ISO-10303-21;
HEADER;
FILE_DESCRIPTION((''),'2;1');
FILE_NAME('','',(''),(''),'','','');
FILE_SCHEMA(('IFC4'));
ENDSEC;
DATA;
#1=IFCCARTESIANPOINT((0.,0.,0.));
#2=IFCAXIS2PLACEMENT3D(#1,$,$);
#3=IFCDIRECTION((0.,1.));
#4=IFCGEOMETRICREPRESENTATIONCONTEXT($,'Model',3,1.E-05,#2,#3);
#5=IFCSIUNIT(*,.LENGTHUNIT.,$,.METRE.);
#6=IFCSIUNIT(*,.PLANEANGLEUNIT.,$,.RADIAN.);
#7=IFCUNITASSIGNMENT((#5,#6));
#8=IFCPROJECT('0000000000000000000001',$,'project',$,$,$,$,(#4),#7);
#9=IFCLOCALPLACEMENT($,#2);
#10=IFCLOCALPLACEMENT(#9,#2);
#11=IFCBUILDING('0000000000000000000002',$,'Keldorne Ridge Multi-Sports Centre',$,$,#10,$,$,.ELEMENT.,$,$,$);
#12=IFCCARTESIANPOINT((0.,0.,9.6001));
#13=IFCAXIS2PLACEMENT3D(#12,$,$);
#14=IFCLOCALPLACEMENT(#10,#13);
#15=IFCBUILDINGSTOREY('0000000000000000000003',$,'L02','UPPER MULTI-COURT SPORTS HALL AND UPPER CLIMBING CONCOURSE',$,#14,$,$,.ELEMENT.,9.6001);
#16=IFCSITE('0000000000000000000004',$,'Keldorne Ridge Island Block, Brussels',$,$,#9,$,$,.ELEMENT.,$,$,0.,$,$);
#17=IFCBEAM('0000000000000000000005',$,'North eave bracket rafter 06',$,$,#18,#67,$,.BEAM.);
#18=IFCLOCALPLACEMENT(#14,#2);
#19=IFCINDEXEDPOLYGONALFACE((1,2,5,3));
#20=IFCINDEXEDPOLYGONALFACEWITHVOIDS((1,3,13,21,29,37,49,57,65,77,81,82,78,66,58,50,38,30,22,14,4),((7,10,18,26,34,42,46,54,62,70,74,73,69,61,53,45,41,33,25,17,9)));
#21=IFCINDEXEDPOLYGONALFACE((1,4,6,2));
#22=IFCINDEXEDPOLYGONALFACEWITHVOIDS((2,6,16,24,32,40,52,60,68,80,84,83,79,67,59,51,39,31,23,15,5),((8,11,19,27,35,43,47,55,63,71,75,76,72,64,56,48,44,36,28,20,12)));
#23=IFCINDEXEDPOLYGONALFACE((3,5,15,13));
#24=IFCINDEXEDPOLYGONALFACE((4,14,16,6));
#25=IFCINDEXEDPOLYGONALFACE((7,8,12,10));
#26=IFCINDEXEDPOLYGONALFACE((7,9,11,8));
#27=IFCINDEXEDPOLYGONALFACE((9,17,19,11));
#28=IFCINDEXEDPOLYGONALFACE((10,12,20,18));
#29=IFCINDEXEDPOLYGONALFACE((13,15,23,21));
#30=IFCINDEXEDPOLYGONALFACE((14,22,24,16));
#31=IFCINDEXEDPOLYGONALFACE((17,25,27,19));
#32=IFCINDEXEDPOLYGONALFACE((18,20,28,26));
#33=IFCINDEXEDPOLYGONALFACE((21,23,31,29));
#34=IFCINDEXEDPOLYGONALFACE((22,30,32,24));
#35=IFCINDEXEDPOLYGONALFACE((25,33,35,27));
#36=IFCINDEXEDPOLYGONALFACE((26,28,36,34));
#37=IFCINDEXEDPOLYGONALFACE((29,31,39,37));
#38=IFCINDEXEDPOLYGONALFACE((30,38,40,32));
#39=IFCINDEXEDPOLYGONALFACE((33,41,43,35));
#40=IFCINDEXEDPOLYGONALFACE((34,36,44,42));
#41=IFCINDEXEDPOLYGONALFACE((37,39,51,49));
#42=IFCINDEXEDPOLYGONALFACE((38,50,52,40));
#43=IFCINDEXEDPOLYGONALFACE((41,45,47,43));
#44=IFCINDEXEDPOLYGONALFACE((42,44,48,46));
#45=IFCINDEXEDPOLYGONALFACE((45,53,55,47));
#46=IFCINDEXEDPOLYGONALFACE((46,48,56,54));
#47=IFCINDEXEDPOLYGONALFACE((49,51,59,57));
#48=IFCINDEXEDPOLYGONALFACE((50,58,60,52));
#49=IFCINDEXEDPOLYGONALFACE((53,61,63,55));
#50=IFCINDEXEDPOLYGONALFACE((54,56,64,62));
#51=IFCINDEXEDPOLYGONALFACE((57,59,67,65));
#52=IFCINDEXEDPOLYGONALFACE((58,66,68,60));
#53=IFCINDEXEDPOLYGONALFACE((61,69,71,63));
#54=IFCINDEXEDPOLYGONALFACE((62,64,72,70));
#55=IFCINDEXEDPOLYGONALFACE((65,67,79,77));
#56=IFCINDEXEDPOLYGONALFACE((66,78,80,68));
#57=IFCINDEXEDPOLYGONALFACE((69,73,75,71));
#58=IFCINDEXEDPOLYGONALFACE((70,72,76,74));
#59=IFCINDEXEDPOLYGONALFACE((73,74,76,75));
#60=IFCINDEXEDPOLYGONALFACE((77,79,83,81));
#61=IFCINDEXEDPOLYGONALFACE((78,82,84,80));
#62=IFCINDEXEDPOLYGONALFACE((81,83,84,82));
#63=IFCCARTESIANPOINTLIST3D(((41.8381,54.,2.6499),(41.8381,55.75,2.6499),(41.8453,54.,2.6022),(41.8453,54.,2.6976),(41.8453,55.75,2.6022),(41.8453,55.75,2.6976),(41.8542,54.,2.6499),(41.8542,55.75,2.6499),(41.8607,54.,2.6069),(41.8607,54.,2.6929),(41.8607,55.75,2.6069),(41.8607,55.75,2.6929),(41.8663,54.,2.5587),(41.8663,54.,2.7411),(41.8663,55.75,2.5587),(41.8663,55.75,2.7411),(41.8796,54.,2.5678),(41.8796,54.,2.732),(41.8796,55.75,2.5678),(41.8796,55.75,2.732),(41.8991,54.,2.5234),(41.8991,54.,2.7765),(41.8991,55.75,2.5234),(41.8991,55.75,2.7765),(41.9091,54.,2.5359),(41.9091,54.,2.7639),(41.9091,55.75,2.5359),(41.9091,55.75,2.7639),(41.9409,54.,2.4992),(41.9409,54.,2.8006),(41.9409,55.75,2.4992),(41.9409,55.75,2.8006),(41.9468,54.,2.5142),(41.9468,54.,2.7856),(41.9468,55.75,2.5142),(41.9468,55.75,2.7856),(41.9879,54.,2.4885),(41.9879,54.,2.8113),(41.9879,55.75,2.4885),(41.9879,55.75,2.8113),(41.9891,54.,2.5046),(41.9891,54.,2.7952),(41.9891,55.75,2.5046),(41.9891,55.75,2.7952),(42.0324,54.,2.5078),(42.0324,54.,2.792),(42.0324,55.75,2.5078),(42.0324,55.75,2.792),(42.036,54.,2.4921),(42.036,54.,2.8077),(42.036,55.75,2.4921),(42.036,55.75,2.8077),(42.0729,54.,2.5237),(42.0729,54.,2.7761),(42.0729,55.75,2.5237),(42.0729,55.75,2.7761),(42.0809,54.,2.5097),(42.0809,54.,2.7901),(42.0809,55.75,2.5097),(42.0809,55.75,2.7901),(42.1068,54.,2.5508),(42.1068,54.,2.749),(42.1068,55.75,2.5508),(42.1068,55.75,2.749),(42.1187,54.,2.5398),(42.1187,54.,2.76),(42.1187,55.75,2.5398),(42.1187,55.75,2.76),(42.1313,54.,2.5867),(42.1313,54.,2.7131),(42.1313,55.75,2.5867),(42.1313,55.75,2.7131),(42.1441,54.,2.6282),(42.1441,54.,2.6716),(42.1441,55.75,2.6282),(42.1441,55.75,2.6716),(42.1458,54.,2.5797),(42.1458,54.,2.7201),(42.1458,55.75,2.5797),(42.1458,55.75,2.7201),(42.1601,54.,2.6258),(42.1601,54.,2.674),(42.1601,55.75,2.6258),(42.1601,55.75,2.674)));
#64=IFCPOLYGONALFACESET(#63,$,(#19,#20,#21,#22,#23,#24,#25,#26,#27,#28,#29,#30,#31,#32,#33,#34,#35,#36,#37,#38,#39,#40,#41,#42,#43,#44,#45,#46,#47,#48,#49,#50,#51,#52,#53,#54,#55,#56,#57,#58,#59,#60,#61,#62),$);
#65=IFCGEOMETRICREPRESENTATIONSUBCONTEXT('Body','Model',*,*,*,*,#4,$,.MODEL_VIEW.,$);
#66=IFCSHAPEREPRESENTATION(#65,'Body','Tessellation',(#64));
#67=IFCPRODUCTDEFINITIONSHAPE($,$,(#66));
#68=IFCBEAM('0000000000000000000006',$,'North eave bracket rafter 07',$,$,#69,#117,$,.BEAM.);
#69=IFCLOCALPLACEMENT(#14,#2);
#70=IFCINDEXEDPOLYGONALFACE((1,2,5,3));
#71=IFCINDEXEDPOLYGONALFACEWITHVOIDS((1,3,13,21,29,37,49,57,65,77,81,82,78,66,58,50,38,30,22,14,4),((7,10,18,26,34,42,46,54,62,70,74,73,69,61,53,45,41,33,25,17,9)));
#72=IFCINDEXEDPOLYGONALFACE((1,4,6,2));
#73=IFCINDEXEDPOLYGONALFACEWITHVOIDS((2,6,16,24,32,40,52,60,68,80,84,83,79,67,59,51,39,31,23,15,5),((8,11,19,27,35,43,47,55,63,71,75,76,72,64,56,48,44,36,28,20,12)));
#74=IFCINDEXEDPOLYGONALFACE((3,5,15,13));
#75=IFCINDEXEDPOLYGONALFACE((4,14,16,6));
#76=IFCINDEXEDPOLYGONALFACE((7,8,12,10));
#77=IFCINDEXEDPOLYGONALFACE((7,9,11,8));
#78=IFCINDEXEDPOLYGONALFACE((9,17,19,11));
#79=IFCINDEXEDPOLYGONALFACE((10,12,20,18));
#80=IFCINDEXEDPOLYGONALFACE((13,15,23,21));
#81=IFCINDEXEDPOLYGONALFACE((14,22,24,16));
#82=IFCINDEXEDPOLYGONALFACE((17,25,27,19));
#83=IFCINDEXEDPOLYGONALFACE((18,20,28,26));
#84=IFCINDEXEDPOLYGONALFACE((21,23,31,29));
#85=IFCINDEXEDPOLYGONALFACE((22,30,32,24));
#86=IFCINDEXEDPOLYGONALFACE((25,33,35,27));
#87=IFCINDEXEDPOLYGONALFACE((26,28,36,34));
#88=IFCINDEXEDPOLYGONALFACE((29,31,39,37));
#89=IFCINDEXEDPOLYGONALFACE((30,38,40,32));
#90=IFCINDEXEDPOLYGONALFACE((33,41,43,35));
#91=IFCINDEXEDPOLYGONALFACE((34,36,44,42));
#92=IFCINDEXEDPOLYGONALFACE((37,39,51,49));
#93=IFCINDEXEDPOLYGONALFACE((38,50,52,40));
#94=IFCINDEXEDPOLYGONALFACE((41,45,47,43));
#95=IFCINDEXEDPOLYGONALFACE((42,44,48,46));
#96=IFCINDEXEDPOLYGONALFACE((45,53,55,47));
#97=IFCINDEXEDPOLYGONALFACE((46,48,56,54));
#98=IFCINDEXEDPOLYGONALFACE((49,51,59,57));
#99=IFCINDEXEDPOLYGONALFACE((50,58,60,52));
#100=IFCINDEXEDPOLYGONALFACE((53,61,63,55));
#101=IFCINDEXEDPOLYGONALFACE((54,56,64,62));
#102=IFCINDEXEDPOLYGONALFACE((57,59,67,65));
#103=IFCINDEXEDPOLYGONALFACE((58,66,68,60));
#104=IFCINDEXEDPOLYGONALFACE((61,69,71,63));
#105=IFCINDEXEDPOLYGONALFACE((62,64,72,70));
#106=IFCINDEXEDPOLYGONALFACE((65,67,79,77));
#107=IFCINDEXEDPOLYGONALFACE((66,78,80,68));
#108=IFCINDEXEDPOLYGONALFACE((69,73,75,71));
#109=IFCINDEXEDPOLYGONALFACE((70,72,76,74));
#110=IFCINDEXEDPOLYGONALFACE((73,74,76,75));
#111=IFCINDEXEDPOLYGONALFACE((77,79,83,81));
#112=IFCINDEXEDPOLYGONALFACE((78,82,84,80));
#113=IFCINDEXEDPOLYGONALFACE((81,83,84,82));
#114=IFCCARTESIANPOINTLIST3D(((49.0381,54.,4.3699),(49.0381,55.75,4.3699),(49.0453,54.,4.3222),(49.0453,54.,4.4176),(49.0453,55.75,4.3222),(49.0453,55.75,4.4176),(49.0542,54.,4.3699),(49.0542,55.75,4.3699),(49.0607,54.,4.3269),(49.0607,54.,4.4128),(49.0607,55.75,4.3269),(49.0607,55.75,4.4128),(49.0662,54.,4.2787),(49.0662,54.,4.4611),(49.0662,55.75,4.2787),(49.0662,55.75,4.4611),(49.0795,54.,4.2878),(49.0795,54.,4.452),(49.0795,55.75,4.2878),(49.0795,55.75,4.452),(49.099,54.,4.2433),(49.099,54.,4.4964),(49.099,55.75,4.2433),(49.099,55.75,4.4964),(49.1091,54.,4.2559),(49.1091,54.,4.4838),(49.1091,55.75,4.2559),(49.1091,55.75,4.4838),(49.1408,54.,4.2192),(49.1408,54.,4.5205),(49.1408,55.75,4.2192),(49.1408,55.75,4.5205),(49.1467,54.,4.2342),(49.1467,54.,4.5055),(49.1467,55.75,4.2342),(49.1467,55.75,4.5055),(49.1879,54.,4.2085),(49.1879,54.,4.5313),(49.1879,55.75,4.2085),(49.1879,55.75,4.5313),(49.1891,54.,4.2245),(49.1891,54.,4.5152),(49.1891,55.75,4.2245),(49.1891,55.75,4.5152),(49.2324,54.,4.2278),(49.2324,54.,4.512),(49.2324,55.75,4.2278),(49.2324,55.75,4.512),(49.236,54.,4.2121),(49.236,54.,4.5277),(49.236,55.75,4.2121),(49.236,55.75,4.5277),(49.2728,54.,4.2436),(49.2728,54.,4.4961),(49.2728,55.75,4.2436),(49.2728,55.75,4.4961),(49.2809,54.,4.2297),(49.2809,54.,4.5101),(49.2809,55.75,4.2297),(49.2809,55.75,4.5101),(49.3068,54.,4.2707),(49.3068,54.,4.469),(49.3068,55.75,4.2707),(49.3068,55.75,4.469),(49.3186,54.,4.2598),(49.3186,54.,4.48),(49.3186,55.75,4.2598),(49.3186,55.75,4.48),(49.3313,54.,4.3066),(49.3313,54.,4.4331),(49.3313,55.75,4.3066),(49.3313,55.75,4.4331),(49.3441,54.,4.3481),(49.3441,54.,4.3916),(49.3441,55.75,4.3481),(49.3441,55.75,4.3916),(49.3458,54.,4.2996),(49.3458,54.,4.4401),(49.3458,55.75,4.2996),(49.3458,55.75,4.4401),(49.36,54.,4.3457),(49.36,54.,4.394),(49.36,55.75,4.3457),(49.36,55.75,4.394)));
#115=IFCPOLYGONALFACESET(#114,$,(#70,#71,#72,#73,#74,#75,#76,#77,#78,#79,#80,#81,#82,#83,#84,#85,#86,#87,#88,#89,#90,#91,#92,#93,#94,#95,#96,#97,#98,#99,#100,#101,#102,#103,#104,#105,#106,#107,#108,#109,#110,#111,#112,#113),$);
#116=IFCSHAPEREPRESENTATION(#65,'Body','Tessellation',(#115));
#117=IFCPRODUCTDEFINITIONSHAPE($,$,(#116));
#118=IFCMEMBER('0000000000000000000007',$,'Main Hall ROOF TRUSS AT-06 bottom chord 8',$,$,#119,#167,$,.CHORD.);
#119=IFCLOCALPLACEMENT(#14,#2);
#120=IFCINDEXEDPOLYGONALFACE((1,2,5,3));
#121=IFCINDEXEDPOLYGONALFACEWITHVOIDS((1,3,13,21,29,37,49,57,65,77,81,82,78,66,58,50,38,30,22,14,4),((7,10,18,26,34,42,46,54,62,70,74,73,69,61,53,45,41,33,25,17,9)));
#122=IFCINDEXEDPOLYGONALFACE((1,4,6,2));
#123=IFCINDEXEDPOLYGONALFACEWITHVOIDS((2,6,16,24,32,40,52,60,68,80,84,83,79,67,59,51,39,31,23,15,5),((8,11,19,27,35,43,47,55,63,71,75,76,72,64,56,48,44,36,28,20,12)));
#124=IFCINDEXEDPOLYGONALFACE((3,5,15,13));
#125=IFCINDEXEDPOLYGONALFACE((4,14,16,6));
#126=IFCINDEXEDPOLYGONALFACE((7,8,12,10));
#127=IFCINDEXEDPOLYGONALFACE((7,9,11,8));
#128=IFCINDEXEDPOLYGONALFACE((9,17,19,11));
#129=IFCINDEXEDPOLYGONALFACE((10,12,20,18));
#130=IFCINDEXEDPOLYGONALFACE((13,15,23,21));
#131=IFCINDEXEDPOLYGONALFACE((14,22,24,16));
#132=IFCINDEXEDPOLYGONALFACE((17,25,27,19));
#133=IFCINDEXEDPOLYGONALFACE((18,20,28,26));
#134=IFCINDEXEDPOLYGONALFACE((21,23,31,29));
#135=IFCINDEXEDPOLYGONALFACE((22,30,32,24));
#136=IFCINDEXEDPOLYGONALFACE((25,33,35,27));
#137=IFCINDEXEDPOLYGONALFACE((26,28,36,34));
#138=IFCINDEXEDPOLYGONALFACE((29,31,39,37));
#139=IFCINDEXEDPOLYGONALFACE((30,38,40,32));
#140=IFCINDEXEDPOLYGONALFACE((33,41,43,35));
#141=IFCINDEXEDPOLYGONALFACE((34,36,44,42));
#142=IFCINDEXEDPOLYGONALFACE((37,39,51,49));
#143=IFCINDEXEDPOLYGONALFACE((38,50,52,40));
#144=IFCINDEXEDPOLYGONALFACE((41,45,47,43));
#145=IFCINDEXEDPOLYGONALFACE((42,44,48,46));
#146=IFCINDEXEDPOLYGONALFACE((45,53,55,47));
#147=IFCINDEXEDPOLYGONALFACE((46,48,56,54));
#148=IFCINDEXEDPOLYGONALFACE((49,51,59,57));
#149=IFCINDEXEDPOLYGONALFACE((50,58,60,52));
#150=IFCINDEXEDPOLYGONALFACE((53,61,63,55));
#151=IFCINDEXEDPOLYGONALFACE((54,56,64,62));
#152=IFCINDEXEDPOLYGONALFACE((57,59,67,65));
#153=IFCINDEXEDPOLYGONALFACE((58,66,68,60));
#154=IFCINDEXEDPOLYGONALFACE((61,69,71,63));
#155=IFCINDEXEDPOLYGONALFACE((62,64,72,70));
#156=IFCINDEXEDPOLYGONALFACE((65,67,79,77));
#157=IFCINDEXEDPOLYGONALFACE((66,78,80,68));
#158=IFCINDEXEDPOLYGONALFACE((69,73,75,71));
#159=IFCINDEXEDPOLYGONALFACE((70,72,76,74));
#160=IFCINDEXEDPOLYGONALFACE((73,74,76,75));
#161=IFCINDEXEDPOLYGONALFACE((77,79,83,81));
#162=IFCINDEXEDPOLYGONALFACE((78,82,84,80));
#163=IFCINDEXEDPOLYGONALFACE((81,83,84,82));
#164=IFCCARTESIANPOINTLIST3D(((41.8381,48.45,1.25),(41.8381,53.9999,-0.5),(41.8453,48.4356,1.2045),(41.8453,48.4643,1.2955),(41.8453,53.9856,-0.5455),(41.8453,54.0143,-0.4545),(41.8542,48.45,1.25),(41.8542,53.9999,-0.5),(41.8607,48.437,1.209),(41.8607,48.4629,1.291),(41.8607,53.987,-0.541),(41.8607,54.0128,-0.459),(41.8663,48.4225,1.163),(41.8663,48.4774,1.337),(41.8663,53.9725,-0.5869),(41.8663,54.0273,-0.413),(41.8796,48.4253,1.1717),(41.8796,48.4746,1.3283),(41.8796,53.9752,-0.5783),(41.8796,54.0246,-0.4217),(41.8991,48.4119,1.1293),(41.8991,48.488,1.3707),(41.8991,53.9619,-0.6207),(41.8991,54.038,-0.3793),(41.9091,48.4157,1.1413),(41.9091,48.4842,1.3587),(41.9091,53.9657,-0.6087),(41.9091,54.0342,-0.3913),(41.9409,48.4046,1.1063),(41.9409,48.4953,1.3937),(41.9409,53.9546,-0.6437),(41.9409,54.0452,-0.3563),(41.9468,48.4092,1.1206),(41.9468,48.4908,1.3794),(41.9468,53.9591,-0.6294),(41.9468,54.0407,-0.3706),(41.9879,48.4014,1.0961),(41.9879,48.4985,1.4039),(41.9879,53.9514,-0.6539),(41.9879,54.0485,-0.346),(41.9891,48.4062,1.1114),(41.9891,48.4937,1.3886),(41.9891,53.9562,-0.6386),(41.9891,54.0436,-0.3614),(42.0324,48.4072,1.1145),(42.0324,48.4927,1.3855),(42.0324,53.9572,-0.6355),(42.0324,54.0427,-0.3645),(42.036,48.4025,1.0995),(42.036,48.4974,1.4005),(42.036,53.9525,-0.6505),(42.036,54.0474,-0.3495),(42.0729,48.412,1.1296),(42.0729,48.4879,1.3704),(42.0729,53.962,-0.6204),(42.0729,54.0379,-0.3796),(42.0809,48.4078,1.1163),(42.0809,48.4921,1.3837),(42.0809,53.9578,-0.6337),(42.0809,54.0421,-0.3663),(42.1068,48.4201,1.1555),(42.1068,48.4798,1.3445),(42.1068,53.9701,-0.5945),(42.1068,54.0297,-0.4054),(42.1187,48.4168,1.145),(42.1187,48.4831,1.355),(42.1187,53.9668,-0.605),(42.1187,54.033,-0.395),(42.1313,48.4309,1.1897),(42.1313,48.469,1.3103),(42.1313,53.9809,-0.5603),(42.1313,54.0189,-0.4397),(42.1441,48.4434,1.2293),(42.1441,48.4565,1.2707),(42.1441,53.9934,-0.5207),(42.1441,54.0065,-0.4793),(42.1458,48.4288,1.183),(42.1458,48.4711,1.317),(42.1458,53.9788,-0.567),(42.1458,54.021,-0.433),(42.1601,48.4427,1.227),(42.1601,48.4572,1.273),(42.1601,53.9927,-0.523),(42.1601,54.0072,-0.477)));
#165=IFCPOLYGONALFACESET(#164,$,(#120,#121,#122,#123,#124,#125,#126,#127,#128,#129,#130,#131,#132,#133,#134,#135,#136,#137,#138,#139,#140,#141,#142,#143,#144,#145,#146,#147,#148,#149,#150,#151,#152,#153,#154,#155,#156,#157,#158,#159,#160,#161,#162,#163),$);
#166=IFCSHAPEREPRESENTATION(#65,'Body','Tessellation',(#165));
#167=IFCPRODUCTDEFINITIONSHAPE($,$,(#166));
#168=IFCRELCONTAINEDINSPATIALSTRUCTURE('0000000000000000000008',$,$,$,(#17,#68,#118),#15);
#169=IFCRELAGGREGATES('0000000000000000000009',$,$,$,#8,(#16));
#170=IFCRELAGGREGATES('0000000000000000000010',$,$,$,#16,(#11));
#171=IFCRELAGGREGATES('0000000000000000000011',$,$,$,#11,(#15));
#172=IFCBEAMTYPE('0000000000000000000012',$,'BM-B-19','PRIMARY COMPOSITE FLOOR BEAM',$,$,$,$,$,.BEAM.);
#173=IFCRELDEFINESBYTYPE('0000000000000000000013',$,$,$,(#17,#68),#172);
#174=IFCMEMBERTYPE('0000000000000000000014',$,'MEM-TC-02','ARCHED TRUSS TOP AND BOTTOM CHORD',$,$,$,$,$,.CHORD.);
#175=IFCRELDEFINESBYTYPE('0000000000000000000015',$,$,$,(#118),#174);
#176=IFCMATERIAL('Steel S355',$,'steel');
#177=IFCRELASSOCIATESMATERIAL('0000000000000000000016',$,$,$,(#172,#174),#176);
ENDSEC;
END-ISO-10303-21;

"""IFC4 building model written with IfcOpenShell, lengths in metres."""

from ifc_helpers import new_model, si_unit, direction, frame, origin, origin_2d, place, context, subcontext, project, spatial, hollow_circle, extrude, material, material_profile, profile_set, type_object, element, save


model = new_model("IFC4")

# Units and contexts
model_context = context("Model", 3, precision=1e-05, world=origin(), true_north=direction((0.0, 1.0)))
body_context = subcontext(model_context, "Body", "Model", "MODEL_VIEW")
ifc_project = project(units=[si_unit("LENGTHUNIT", "METRE"), si_unit("PLANEANGLEUNIT", "RADIAN")], contexts=[model_context])

# Site, building, storey
site_placement = place(None, origin())
site = spatial("IfcSite", under=ifc_project, at=site_placement, Name="Keldorne Ridge Island Block, Brussels", CompositionType="ELEMENT", RefElevation=0.0)
building_placement = place(site_placement, origin())
building = spatial("IfcBuilding", under=site, at=building_placement, Name="Keldorne Ridge Multi-Sports Centre", CompositionType="ELEMENT")
storey_placement = place(building_placement, frame((0.0, 0.0, 9.6001)))
storey = spatial("IfcBuildingStorey", under=building, at=storey_placement, Name="L02", Description="UPPER MULTI-COURT SPORTS HALL AND UPPER CLIMBING CONCOURSE", CompositionType="ELEMENT", Elevation=9.6001)

# Shared definitions
ifc_material = material(Name="Steel S355", Category="steel")

# Beams
ifc_material_profile_1 = material_profile(ifc_material, hollow_circle(Radius=0.1619, WallThickness=0.0161, at=origin_2d()), Name="CHS 323.9x16")
ifc_profile_set_1 = profile_set([ifc_material_profile_1], Name="Steel S355")
beam_type = type_object("IfcBeamType", Name="BM-B-19", Description="PRIMARY COMPOSITE FLOOR BEAM", PredefinedType="BEAM", material=ifc_profile_set_1)
for number, where, z_axis, x_axis, name in (
    (1, (42.0, 54.0, 2.6499), (0.0, 1.0, 0.0), (-1.0, 0.0, 0.0), "North eave bracket rafter 06"),
    (2, (49.2, 54.0, 4.3699), (0.0, 1.0, 0.0), (-1.0, 0.0, 0.0), "North eave bracket rafter 07"),
):
    element("IfcBeam", number, at=place(storey_placement, frame(where, z_axis=z_axis, x_axis=x_axis)), inside=storey, type_object=beam_type, Name=name, PredefinedType="BEAM", context=body_context, shape_type="SweptSolid", body=[
        extrude(hollow_circle(Radius=0.1619, WallThickness=0.0161, at=origin_2d()), origin(), (0.0, 0.0, 1.0), 1.75),
    ])

# Member
ifc_material_profile_2 = material_profile(ifc_material, hollow_circle(Radius=0.1619, WallThickness=0.0161, at=origin_2d()), Name="CHS 323.9x16")
ifc_profile_set_2 = profile_set([ifc_material_profile_2], Name="Steel S355")
member_type_1 = type_object("IfcMemberType", Name="MEM-TC-02", Description="ARCHED TRUSS TOP AND BOTTOM CHORD", PredefinedType="CHORD", material=ifc_profile_set_2)
member_1_placement = place(storey_placement, frame((42.0, 48.45, 1.25), z_axis=(0.0, 0.953713, -0.300718), x_axis=(-1.0, 0.0, 0.0)))
element("IfcMember", 3, at=member_1_placement, inside=storey, type_object=member_type_1, Name="Main Hall ROOF TRUSS AT-06 bottom chord 8", PredefinedType="CHORD", context=body_context, shape_type="SweptSolid", body=[
    extrude(hollow_circle(Radius=0.1619, WallThickness=0.0161, at=origin_2d()), origin(), (0.0, 0.0, 1.0), 5.8193),
])

save(model, "model.ifc")
